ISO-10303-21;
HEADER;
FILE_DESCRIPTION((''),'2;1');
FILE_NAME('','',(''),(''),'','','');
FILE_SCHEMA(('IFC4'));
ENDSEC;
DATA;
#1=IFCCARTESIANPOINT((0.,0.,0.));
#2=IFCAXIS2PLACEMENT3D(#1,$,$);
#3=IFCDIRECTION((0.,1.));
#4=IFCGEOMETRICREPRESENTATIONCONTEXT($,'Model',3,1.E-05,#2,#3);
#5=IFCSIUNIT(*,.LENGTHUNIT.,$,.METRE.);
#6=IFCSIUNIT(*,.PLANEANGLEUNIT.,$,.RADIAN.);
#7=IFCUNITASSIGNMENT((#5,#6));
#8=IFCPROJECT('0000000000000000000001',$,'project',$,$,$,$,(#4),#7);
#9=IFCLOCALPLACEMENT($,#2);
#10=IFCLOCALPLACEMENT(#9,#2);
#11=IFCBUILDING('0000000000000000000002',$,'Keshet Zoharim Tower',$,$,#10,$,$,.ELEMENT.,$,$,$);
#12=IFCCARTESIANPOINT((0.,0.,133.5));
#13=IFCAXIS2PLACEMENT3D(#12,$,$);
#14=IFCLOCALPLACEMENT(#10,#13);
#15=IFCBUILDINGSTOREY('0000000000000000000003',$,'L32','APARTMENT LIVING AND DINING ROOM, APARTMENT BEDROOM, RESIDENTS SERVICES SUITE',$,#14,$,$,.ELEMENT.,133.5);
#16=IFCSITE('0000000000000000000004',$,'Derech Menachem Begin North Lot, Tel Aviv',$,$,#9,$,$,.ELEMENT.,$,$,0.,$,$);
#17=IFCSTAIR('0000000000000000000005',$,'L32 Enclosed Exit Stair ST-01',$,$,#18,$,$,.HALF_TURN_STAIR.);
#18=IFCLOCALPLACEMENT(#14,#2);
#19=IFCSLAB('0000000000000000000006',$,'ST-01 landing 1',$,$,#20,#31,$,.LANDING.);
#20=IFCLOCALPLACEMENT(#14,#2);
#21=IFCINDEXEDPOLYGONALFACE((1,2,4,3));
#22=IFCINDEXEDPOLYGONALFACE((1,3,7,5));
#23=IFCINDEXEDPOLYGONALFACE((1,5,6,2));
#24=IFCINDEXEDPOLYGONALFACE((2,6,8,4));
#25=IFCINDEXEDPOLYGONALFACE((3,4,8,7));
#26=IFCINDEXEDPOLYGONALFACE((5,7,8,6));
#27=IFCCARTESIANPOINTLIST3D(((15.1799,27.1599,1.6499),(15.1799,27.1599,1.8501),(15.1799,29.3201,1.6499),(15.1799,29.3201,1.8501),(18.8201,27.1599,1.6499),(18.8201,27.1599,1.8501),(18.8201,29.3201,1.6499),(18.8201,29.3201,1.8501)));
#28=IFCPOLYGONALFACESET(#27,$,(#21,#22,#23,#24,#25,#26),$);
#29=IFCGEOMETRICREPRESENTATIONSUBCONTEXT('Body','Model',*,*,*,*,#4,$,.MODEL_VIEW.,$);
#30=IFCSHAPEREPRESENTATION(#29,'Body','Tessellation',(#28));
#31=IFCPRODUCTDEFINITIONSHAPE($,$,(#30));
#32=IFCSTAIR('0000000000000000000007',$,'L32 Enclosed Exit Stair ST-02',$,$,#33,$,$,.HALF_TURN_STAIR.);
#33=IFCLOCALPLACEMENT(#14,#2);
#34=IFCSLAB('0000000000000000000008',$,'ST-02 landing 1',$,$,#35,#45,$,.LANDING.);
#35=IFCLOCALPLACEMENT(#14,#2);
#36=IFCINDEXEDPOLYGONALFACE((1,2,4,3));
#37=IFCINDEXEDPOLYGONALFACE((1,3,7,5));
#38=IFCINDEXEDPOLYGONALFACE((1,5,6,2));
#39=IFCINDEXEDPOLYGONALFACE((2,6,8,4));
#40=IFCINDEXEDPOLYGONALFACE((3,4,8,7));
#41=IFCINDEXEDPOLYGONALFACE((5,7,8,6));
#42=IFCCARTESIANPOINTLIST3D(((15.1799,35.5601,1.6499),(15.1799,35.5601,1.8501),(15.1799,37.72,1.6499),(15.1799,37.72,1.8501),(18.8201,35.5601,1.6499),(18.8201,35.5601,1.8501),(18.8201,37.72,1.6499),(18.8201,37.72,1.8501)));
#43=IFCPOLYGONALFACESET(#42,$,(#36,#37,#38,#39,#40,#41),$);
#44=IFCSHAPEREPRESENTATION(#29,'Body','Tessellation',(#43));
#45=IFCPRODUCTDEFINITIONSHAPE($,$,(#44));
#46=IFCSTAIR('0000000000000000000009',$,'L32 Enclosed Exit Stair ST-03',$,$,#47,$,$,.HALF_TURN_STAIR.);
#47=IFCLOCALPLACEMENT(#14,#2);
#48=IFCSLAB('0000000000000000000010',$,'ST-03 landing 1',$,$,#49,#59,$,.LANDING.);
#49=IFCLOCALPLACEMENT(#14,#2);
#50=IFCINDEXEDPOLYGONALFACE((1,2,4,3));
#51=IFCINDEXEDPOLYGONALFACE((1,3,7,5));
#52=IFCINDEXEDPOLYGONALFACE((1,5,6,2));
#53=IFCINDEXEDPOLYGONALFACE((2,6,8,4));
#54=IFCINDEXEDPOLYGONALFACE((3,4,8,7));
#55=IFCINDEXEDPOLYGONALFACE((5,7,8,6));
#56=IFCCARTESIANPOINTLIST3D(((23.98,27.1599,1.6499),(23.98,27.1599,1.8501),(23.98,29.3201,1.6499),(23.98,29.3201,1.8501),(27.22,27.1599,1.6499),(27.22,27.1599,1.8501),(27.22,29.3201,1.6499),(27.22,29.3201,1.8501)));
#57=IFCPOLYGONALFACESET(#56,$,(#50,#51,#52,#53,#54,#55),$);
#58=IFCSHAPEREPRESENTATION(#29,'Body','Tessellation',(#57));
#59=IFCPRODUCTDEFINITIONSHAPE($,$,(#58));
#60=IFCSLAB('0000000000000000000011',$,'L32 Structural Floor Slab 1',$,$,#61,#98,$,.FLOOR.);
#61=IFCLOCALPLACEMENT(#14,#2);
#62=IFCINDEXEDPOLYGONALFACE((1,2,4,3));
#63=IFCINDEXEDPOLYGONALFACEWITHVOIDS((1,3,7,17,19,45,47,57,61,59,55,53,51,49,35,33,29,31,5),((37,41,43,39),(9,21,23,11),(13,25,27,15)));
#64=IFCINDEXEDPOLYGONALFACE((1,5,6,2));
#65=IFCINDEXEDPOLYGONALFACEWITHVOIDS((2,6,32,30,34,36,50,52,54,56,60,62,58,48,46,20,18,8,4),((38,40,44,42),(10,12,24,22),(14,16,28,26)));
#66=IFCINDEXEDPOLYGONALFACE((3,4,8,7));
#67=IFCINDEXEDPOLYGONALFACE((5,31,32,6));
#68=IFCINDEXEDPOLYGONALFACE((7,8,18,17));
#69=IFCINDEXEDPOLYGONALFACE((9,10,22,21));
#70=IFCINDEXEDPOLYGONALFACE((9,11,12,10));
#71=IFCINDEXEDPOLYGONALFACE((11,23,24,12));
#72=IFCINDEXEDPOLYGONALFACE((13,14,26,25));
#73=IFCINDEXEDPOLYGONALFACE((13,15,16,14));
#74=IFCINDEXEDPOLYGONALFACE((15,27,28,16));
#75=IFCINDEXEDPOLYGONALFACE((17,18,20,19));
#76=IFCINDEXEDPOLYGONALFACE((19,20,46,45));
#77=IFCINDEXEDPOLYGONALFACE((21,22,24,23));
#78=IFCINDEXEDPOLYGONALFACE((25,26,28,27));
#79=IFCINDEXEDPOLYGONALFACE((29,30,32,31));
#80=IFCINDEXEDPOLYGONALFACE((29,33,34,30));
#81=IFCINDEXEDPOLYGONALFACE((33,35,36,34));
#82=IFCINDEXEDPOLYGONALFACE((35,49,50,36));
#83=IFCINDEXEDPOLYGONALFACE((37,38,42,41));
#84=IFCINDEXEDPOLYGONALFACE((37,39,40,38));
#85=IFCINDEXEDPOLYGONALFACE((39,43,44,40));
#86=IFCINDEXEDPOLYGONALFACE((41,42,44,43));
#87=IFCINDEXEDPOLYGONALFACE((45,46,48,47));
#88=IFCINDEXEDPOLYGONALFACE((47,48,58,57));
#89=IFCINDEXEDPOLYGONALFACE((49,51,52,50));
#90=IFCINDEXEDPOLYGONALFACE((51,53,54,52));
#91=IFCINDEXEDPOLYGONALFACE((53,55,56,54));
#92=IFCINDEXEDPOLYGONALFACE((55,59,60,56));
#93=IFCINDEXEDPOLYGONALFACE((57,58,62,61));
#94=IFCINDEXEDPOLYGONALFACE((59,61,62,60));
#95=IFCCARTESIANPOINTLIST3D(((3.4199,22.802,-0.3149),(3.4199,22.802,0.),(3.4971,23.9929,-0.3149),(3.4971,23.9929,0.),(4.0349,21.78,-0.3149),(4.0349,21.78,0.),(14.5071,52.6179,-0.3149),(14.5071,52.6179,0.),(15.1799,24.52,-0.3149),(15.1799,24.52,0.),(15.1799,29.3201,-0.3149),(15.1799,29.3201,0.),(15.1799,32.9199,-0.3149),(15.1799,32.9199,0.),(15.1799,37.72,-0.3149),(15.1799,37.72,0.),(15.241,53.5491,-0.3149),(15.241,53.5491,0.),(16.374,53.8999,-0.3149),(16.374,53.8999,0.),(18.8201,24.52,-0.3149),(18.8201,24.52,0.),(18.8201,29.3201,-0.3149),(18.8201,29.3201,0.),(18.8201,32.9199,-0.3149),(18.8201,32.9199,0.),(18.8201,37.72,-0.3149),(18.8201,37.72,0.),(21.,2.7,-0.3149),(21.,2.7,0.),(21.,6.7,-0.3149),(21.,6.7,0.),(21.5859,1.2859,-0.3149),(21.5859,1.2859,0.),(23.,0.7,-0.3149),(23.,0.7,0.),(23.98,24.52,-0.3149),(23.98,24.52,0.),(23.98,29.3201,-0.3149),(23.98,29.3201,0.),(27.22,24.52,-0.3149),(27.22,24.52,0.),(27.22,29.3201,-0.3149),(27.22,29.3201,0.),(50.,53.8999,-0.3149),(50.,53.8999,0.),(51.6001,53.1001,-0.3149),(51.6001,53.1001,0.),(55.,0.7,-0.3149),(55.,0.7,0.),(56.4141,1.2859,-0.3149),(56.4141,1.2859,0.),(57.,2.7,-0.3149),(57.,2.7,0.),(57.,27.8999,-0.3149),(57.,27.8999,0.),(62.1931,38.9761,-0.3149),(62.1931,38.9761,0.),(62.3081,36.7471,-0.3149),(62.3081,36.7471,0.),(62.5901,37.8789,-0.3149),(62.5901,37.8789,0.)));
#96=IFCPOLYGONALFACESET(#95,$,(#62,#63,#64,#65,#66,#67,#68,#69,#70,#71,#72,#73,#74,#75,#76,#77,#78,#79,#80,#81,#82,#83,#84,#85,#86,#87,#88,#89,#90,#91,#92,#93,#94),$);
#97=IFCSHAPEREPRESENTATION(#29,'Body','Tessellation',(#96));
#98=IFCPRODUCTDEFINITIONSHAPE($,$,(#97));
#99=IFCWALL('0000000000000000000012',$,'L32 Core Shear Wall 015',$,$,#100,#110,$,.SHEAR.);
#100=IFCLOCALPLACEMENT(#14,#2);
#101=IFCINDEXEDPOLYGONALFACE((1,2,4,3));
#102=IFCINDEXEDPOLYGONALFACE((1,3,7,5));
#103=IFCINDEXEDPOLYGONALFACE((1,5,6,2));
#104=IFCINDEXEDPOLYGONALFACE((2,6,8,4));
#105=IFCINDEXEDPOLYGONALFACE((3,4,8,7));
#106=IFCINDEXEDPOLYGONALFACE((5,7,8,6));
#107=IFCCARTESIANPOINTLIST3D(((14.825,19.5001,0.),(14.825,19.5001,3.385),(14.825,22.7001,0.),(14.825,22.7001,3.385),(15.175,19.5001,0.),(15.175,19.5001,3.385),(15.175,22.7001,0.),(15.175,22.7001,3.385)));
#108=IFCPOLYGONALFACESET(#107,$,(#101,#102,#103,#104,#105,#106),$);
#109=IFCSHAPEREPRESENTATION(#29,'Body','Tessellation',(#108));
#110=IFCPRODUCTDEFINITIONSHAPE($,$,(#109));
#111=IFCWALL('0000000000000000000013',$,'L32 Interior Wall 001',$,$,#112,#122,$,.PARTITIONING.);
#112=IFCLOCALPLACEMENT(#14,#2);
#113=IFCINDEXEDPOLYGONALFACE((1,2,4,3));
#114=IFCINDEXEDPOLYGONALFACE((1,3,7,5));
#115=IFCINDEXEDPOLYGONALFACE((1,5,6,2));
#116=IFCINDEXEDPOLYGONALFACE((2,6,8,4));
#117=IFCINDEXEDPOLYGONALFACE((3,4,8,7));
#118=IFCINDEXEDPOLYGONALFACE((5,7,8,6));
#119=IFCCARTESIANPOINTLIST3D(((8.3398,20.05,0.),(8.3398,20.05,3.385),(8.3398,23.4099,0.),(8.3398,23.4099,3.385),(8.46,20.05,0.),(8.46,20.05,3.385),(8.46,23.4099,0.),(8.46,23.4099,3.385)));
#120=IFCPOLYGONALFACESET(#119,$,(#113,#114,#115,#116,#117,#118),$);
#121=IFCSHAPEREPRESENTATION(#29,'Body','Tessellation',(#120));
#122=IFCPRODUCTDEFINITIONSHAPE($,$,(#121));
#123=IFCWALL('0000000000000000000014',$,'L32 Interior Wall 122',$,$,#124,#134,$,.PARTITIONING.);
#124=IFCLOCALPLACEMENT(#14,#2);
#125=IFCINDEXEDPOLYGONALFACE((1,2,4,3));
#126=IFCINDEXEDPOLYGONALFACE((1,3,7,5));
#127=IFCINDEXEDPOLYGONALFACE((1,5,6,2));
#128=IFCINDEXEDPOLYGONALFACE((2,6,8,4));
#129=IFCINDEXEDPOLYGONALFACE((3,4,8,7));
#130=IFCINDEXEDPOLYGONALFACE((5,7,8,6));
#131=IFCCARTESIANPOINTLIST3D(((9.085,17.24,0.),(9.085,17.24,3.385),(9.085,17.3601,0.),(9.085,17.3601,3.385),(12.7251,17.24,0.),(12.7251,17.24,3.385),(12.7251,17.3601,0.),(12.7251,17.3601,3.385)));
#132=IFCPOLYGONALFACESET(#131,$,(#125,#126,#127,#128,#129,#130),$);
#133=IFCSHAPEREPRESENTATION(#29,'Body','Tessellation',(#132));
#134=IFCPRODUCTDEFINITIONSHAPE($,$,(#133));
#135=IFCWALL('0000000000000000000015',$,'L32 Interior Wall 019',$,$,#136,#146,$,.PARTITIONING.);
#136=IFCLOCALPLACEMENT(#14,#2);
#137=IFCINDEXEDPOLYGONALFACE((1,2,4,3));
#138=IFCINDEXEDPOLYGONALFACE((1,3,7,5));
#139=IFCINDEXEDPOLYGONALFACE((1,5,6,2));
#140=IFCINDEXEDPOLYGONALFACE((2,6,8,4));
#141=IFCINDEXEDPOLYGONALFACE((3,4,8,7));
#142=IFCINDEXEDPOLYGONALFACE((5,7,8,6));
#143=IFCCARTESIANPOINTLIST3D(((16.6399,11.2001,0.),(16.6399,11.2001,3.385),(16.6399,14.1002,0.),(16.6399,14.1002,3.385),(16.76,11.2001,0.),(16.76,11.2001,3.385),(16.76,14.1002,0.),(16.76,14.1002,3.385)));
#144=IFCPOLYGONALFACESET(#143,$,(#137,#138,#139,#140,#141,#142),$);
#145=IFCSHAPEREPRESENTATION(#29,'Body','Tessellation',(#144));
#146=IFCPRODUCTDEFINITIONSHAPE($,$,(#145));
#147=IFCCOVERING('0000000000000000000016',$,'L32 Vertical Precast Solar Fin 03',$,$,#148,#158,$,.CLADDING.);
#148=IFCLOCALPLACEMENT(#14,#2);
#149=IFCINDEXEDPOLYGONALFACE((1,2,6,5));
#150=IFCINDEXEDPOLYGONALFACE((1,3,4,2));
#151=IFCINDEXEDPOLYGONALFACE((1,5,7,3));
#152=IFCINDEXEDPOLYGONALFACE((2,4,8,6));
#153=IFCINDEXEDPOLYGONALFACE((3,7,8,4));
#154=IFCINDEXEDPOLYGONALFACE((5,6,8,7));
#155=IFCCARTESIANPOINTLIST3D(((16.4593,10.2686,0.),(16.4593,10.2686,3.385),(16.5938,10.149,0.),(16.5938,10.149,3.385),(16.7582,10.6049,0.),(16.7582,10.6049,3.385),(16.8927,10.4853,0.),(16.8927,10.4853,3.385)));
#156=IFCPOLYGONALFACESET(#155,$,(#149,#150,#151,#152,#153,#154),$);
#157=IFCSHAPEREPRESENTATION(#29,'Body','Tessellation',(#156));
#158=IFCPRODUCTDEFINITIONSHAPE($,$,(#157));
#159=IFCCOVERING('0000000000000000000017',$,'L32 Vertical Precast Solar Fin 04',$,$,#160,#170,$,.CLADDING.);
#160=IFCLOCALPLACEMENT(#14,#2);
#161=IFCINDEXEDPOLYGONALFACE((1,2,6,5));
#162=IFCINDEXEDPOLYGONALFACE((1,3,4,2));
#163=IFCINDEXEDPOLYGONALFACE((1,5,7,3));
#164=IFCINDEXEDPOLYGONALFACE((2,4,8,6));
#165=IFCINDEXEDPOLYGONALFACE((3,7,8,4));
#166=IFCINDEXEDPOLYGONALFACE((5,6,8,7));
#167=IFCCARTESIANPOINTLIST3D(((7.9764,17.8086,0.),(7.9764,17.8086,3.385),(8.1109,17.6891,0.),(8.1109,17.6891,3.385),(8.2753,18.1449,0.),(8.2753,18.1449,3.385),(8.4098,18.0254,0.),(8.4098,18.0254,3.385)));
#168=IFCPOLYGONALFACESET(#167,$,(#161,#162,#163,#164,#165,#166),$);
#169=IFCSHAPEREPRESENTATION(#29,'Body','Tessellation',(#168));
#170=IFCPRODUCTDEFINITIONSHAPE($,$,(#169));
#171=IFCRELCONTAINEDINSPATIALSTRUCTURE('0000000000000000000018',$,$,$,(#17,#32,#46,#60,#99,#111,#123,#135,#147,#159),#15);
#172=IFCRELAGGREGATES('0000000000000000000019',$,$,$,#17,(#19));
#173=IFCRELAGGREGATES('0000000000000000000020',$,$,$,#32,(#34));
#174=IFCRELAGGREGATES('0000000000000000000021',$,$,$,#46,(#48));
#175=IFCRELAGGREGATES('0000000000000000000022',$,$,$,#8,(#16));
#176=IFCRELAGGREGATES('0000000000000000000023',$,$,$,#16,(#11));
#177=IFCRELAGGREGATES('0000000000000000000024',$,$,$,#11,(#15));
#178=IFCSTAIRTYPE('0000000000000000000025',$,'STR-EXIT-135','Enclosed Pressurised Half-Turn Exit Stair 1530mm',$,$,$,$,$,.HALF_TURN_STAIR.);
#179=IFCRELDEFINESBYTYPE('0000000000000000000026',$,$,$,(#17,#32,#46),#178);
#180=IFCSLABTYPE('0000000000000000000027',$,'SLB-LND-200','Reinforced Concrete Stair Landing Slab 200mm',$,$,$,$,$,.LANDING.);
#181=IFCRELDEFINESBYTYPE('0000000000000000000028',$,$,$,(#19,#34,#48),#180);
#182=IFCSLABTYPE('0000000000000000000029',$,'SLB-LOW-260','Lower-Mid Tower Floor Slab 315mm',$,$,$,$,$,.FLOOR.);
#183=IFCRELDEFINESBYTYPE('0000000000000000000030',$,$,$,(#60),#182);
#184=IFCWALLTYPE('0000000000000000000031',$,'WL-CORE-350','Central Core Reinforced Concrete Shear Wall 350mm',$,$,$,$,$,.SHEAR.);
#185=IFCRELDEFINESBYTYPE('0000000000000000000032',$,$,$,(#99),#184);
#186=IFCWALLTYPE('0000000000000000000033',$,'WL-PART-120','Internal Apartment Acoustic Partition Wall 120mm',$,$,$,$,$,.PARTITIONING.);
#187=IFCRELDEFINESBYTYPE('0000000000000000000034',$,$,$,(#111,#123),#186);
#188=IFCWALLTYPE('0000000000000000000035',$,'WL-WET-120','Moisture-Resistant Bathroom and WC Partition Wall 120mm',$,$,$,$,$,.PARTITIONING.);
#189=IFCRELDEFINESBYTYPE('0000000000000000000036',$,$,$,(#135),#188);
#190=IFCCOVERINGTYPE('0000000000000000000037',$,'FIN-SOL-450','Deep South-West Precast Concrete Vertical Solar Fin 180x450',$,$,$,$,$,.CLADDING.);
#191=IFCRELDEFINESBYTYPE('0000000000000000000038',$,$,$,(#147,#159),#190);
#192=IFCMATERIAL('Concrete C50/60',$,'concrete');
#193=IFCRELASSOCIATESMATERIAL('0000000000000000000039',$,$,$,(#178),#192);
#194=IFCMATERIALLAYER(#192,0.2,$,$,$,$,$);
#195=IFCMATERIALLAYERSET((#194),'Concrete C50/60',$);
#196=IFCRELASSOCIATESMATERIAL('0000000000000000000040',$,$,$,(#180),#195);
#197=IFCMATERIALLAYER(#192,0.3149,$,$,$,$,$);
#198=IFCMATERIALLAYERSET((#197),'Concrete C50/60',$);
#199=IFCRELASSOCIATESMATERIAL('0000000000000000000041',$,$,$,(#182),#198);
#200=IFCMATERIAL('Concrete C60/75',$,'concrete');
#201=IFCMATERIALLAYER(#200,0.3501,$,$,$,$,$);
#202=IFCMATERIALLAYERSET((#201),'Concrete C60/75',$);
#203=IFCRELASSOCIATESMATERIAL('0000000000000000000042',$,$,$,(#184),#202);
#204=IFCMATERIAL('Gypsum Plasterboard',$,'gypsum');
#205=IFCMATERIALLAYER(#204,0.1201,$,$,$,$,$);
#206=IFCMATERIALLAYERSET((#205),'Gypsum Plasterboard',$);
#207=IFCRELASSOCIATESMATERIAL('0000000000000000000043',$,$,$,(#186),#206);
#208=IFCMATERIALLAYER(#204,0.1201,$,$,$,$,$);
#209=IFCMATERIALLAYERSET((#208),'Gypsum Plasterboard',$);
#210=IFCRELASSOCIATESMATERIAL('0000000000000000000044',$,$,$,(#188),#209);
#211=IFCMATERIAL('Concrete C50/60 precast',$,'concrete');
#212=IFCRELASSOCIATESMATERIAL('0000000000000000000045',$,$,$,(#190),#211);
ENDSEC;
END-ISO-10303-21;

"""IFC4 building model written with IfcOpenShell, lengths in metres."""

from ifc_helpers import new_model, si_unit, direction, frame, frame_2d, origin, origin_2d, place, context, subcontext, project, spatial, polyline, rectangle, outline, extrude, material, layer, layer_set, type_object, element, aggregate, save


model = new_model("IFC4")

# Units and contexts
model_context = context("Model", 3, precision=1e-05, world=origin(), true_north=direction((0.0, 1.0)))
body_context = subcontext(model_context, "Body", "Model", "MODEL_VIEW")
ifc_project = project(units=[si_unit("LENGTHUNIT", "METRE"), si_unit("PLANEANGLEUNIT", "RADIAN")], contexts=[model_context])

# Site, building, storey
site_placement = place(None, origin())
site = spatial("IfcSite", under=ifc_project, at=site_placement, Name="Derech Menachem Begin North Lot, Tel Aviv", CompositionType="ELEMENT", RefElevation=0.0)
building_placement = place(site_placement, origin())
building = spatial("IfcBuilding", under=site, at=building_placement, Name="Keshet Zoharim Tower", CompositionType="ELEMENT")
storey_placement = place(building_placement, frame((0.0, 0.0, 133.5)))
storey = spatial("IfcBuildingStorey", under=building, at=storey_placement, Name="L32", Description="APARTMENT LIVING AND DINING ROOM, APARTMENT BEDROOM, RESIDENTS SERVICES SUITE", CompositionType="ELEMENT", Elevation=133.5)

# Shared definitions
ifc_material_1 = material(Name="Concrete C60/75", Category="concrete")

# Stairs, slabs
ifc_material_2 = material(Name="Concrete C50/60", Category="concrete")
stair_type = type_object("IfcStairType", Name="STR-EXIT-135", Description="Enclosed Pressurised Half-Turn Exit Stair 1530mm", PredefinedType="HALF_TURN_STAIR", material=ifc_material_2)
stair_1_placement = place(storey_placement, origin())
stair_1 = element("IfcStair", 1, at=stair_1_placement, inside=storey, type_object=stair_type, Name="L32 Enclosed Exit Stair ST-01", PredefinedType="HALF_TURN_STAIR")
ifc_layer_1 = layer(ifc_material_2, 0.2)
ifc_layer_set_1 = layer_set([ifc_layer_1], Name="Concrete C50/60")
slab_type_1 = type_object("IfcSlabType", Name="SLB-LND-200", Description="Reinforced Concrete Stair Landing Slab 200mm", PredefinedType="LANDING", material=ifc_layer_set_1)
slab_1_placement = place(storey_placement, frame((0.0, 0.0, 1.6499)))
slab_1 = element("IfcSlab", 2, at=slab_1_placement, type_object=slab_type_1, Name="ST-01 landing 1", PredefinedType="LANDING", context=body_context, shape_type="SweptSolid", body=[
    extrude(outline(polyline([(15.1799, 27.1599), (18.8201, 27.1599), (18.8201, 29.3201), (15.1799, 29.3201), (15.1799, 27.1599)])), origin(), (0.0, 0.0, 1.0), 0.2002),
])
aggregate(stair_1, [slab_1])
stair_2_placement = place(storey_placement, origin())
stair_2 = element("IfcStair", 3, at=stair_2_placement, inside=storey, type_object=stair_type, Name="L32 Enclosed Exit Stair ST-02", PredefinedType="HALF_TURN_STAIR")
slab_2_placement = place(storey_placement, frame((0.0, 0.0, 1.6499)))
slab_2 = element("IfcSlab", 4, at=slab_2_placement, type_object=slab_type_1, Name="ST-02 landing 1", PredefinedType="LANDING", context=body_context, shape_type="SweptSolid", body=[
    extrude(outline(polyline([(15.1799, 35.5601), (18.8201, 35.5601), (18.8201, 37.72), (15.1799, 37.72), (15.1799, 35.5601)])), origin(), (0.0, 0.0, 1.0), 0.2002),
])
aggregate(stair_2, [slab_2])
stair_3_placement = place(storey_placement, origin())
stair_3 = element("IfcStair", 5, at=stair_3_placement, inside=storey, type_object=stair_type, Name="L32 Enclosed Exit Stair ST-03", PredefinedType="HALF_TURN_STAIR")
slab_3_placement = place(storey_placement, frame((0.0, 0.0, 1.6499)))
slab_3 = element("IfcSlab", 6, at=slab_3_placement, type_object=slab_type_1, Name="ST-03 landing 1", PredefinedType="LANDING", context=body_context, shape_type="SweptSolid", body=[
    extrude(outline(polyline([(23.98, 27.1599), (27.22, 27.1599), (27.22, 29.3201), (23.98, 29.3201), (23.98, 27.1599)])), origin(), (0.0, 0.0, 1.0), 0.2002),
])
aggregate(stair_3, [slab_3])

# Slab
ifc_layer_2 = layer(ifc_material_2, 0.3149)
ifc_layer_set_2 = layer_set([ifc_layer_2], Name="Concrete C50/60")
slab_type_2 = type_object("IfcSlabType", Name="SLB-LOW-260", Description="Lower-Mid Tower Floor Slab 315mm", PredefinedType="FLOOR", material=ifc_layer_set_2)
slab_4_placement = place(storey_placement, frame((0.0, 0.0, -0.3149)))
element("IfcSlab", 7, at=slab_4_placement, inside=storey, type_object=slab_type_2, Name="L32 Structural Floor Slab 1", PredefinedType="FLOOR", context=body_context, shape_type="SweptSolid", body=[
    extrude(outline(polyline([(57.0, 2.7), (56.4141, 1.2859), (55.0, 0.7), (23.0, 0.7), (21.5859, 1.2859), (21.0, 2.7), (21.0, 6.7), (4.0349, 21.78), (3.4199, 22.802), (3.4971, 23.9929), (14.5071, 52.6179), (15.241, 53.5491), (16.374, 53.8999), (50.0, 53.8999), (51.6001, 53.1001), (62.1931, 38.9761), (62.5901, 37.8789), (62.3081, 36.7471), (57.0, 27.8999), (57.0, 2.7)]), holes=[polyline([(15.1799, 24.52), (18.8201, 24.52), (18.8201, 29.3201), (15.1799, 29.3201), (15.1799, 24.52)]), polyline([(15.1799, 32.9199), (18.8201, 32.9199), (18.8201, 37.72), (15.1799, 37.72), (15.1799, 32.9199)]), polyline([(23.98, 24.52), (27.22, 24.52), (27.22, 29.3201), (23.98, 29.3201), (23.98, 24.52)])]), origin(), (0.0, 0.0, 1.0), 0.3149),
])

# Wall
ifc_layer_3 = layer(ifc_material_1, 0.3501)
ifc_layer_set_3 = layer_set([ifc_layer_3], Name="Concrete C60/75")
wall_type_1 = type_object("IfcWallType", Name="WL-CORE-350", Description="Central Core Reinforced Concrete Shear Wall 350mm", PredefinedType="SHEAR", material=ifc_layer_set_3)
wall_1_placement = place(storey_placement, frame((15.0, 19.5, 0.0), z_axis=(0.0, 0.0, 1.0), x_axis=(0.0, 1.0, 0.0)))
element("IfcWall", 8, at=wall_1_placement, inside=storey, type_object=wall_type_1, Name="L32 Core Shear Wall 015", PredefinedType="SHEAR", context=body_context, shape_type="SweptSolid", body=[
    extrude(rectangle(XDim=3.2, YDim=0.3501, at=frame_2d((1.6001, 0.0))), origin(), (0.0, 0.0, 1.0), 3.385),
])

# Shared definitions
ifc_material_3 = material(Name="Gypsum Plasterboard", Category="gypsum")

# Walls
ifc_layer_4 = layer(ifc_material_3, 0.1201)
ifc_layer_set_4 = layer_set([ifc_layer_4], Name="Gypsum Plasterboard")
wall_type_2 = type_object("IfcWallType", Name="WL-PART-120", Description="Internal Apartment Acoustic Partition Wall 120mm", PredefinedType="PARTITIONING", material=ifc_layer_set_4)
wall_2_placement = place(storey_placement, frame((8.3999, 20.05, 0.0), z_axis=(0.0, 0.0, 1.0), x_axis=(0.0, 1.0, 0.0)))
element("IfcWall", 9, at=wall_2_placement, inside=storey, type_object=wall_type_2, Name="L32 Interior Wall 001", PredefinedType="PARTITIONING", context=body_context, shape_type="SweptSolid", body=[
    extrude(rectangle(XDim=3.3599, YDim=0.1201, at=frame_2d((1.6799, 0.0))), origin(), (0.0, 0.0, 1.0), 3.385),
])
wall_3_placement = place(storey_placement, frame((9.085, 17.3, 0.0), z_axis=(0.0, 0.0, 1.0), x_axis=(1.0, 0.0, 0.0)))
element("IfcWall", 10, at=wall_3_placement, inside=storey, type_object=wall_type_2, Name="L32 Interior Wall 122", PredefinedType="PARTITIONING", context=body_context, shape_type="SweptSolid", body=[
    extrude(rectangle(XDim=3.6401, YDim=0.1201, at=frame_2d((1.8201, 0.0))), origin(), (0.0, 0.0, 1.0), 3.385),
])

# Wall
ifc_layer_5 = layer(ifc_material_3, 0.1201)
ifc_layer_set_5 = layer_set([ifc_layer_5], Name="Gypsum Plasterboard")
wall_type_3 = type_object("IfcWallType", Name="WL-WET-120", Description="Moisture-Resistant Bathroom and WC Partition Wall 120mm", PredefinedType="PARTITIONING", material=ifc_layer_set_5)
wall_4_placement = place(storey_placement, frame((16.7, 11.2, 0.0), z_axis=(0.0, 0.0, 1.0), x_axis=(0.0, 1.0, 0.0)))
element("IfcWall", 11, at=wall_4_placement, inside=storey, type_object=wall_type_3, Name="L32 Interior Wall 019", PredefinedType="PARTITIONING", context=body_context, shape_type="SweptSolid", body=[
    extrude(rectangle(XDim=2.9001, YDim=0.1201, at=frame_2d((1.4502, 0.0))), origin(), (0.0, 0.0, 1.0), 3.385),
])

# Coverings
ifc_material_4 = material(Name="Concrete C50/60 precast", Category="concrete")
covering_type = type_object("IfcCoveringType", Name="FIN-SOL-450", Description="Deep South-West Precast Concrete Vertical Solar Fin 180x450", PredefinedType="CLADDING", material=ifc_material_4)
for number, where, z_axis, x_axis, name in (
    (12, (16.676, 10.377, 0.0), (0.0, 0.0, 1.0), (-0.747409, 0.664364, 0.0), "L32 Vertical Precast Solar Fin 03"),
    (13, (8.1931, 17.917, 0.0), (0.0, 0.0, 1.0), (-0.747409, 0.664364, 0.0), "L32 Vertical Precast Solar Fin 04"),
):
    element("IfcCovering", number, at=place(storey_placement, frame(where, z_axis=z_axis, x_axis=x_axis)), inside=storey, type_object=covering_type, Name=name, PredefinedType="CLADDING", context=body_context, shape_type="SweptSolid", body=[
        extrude(rectangle(XDim=0.1799, YDim=0.45, at=origin_2d()), origin(), (0.0, 0.0, 1.0), 3.385),
    ])

save(model, "model.ifc")
